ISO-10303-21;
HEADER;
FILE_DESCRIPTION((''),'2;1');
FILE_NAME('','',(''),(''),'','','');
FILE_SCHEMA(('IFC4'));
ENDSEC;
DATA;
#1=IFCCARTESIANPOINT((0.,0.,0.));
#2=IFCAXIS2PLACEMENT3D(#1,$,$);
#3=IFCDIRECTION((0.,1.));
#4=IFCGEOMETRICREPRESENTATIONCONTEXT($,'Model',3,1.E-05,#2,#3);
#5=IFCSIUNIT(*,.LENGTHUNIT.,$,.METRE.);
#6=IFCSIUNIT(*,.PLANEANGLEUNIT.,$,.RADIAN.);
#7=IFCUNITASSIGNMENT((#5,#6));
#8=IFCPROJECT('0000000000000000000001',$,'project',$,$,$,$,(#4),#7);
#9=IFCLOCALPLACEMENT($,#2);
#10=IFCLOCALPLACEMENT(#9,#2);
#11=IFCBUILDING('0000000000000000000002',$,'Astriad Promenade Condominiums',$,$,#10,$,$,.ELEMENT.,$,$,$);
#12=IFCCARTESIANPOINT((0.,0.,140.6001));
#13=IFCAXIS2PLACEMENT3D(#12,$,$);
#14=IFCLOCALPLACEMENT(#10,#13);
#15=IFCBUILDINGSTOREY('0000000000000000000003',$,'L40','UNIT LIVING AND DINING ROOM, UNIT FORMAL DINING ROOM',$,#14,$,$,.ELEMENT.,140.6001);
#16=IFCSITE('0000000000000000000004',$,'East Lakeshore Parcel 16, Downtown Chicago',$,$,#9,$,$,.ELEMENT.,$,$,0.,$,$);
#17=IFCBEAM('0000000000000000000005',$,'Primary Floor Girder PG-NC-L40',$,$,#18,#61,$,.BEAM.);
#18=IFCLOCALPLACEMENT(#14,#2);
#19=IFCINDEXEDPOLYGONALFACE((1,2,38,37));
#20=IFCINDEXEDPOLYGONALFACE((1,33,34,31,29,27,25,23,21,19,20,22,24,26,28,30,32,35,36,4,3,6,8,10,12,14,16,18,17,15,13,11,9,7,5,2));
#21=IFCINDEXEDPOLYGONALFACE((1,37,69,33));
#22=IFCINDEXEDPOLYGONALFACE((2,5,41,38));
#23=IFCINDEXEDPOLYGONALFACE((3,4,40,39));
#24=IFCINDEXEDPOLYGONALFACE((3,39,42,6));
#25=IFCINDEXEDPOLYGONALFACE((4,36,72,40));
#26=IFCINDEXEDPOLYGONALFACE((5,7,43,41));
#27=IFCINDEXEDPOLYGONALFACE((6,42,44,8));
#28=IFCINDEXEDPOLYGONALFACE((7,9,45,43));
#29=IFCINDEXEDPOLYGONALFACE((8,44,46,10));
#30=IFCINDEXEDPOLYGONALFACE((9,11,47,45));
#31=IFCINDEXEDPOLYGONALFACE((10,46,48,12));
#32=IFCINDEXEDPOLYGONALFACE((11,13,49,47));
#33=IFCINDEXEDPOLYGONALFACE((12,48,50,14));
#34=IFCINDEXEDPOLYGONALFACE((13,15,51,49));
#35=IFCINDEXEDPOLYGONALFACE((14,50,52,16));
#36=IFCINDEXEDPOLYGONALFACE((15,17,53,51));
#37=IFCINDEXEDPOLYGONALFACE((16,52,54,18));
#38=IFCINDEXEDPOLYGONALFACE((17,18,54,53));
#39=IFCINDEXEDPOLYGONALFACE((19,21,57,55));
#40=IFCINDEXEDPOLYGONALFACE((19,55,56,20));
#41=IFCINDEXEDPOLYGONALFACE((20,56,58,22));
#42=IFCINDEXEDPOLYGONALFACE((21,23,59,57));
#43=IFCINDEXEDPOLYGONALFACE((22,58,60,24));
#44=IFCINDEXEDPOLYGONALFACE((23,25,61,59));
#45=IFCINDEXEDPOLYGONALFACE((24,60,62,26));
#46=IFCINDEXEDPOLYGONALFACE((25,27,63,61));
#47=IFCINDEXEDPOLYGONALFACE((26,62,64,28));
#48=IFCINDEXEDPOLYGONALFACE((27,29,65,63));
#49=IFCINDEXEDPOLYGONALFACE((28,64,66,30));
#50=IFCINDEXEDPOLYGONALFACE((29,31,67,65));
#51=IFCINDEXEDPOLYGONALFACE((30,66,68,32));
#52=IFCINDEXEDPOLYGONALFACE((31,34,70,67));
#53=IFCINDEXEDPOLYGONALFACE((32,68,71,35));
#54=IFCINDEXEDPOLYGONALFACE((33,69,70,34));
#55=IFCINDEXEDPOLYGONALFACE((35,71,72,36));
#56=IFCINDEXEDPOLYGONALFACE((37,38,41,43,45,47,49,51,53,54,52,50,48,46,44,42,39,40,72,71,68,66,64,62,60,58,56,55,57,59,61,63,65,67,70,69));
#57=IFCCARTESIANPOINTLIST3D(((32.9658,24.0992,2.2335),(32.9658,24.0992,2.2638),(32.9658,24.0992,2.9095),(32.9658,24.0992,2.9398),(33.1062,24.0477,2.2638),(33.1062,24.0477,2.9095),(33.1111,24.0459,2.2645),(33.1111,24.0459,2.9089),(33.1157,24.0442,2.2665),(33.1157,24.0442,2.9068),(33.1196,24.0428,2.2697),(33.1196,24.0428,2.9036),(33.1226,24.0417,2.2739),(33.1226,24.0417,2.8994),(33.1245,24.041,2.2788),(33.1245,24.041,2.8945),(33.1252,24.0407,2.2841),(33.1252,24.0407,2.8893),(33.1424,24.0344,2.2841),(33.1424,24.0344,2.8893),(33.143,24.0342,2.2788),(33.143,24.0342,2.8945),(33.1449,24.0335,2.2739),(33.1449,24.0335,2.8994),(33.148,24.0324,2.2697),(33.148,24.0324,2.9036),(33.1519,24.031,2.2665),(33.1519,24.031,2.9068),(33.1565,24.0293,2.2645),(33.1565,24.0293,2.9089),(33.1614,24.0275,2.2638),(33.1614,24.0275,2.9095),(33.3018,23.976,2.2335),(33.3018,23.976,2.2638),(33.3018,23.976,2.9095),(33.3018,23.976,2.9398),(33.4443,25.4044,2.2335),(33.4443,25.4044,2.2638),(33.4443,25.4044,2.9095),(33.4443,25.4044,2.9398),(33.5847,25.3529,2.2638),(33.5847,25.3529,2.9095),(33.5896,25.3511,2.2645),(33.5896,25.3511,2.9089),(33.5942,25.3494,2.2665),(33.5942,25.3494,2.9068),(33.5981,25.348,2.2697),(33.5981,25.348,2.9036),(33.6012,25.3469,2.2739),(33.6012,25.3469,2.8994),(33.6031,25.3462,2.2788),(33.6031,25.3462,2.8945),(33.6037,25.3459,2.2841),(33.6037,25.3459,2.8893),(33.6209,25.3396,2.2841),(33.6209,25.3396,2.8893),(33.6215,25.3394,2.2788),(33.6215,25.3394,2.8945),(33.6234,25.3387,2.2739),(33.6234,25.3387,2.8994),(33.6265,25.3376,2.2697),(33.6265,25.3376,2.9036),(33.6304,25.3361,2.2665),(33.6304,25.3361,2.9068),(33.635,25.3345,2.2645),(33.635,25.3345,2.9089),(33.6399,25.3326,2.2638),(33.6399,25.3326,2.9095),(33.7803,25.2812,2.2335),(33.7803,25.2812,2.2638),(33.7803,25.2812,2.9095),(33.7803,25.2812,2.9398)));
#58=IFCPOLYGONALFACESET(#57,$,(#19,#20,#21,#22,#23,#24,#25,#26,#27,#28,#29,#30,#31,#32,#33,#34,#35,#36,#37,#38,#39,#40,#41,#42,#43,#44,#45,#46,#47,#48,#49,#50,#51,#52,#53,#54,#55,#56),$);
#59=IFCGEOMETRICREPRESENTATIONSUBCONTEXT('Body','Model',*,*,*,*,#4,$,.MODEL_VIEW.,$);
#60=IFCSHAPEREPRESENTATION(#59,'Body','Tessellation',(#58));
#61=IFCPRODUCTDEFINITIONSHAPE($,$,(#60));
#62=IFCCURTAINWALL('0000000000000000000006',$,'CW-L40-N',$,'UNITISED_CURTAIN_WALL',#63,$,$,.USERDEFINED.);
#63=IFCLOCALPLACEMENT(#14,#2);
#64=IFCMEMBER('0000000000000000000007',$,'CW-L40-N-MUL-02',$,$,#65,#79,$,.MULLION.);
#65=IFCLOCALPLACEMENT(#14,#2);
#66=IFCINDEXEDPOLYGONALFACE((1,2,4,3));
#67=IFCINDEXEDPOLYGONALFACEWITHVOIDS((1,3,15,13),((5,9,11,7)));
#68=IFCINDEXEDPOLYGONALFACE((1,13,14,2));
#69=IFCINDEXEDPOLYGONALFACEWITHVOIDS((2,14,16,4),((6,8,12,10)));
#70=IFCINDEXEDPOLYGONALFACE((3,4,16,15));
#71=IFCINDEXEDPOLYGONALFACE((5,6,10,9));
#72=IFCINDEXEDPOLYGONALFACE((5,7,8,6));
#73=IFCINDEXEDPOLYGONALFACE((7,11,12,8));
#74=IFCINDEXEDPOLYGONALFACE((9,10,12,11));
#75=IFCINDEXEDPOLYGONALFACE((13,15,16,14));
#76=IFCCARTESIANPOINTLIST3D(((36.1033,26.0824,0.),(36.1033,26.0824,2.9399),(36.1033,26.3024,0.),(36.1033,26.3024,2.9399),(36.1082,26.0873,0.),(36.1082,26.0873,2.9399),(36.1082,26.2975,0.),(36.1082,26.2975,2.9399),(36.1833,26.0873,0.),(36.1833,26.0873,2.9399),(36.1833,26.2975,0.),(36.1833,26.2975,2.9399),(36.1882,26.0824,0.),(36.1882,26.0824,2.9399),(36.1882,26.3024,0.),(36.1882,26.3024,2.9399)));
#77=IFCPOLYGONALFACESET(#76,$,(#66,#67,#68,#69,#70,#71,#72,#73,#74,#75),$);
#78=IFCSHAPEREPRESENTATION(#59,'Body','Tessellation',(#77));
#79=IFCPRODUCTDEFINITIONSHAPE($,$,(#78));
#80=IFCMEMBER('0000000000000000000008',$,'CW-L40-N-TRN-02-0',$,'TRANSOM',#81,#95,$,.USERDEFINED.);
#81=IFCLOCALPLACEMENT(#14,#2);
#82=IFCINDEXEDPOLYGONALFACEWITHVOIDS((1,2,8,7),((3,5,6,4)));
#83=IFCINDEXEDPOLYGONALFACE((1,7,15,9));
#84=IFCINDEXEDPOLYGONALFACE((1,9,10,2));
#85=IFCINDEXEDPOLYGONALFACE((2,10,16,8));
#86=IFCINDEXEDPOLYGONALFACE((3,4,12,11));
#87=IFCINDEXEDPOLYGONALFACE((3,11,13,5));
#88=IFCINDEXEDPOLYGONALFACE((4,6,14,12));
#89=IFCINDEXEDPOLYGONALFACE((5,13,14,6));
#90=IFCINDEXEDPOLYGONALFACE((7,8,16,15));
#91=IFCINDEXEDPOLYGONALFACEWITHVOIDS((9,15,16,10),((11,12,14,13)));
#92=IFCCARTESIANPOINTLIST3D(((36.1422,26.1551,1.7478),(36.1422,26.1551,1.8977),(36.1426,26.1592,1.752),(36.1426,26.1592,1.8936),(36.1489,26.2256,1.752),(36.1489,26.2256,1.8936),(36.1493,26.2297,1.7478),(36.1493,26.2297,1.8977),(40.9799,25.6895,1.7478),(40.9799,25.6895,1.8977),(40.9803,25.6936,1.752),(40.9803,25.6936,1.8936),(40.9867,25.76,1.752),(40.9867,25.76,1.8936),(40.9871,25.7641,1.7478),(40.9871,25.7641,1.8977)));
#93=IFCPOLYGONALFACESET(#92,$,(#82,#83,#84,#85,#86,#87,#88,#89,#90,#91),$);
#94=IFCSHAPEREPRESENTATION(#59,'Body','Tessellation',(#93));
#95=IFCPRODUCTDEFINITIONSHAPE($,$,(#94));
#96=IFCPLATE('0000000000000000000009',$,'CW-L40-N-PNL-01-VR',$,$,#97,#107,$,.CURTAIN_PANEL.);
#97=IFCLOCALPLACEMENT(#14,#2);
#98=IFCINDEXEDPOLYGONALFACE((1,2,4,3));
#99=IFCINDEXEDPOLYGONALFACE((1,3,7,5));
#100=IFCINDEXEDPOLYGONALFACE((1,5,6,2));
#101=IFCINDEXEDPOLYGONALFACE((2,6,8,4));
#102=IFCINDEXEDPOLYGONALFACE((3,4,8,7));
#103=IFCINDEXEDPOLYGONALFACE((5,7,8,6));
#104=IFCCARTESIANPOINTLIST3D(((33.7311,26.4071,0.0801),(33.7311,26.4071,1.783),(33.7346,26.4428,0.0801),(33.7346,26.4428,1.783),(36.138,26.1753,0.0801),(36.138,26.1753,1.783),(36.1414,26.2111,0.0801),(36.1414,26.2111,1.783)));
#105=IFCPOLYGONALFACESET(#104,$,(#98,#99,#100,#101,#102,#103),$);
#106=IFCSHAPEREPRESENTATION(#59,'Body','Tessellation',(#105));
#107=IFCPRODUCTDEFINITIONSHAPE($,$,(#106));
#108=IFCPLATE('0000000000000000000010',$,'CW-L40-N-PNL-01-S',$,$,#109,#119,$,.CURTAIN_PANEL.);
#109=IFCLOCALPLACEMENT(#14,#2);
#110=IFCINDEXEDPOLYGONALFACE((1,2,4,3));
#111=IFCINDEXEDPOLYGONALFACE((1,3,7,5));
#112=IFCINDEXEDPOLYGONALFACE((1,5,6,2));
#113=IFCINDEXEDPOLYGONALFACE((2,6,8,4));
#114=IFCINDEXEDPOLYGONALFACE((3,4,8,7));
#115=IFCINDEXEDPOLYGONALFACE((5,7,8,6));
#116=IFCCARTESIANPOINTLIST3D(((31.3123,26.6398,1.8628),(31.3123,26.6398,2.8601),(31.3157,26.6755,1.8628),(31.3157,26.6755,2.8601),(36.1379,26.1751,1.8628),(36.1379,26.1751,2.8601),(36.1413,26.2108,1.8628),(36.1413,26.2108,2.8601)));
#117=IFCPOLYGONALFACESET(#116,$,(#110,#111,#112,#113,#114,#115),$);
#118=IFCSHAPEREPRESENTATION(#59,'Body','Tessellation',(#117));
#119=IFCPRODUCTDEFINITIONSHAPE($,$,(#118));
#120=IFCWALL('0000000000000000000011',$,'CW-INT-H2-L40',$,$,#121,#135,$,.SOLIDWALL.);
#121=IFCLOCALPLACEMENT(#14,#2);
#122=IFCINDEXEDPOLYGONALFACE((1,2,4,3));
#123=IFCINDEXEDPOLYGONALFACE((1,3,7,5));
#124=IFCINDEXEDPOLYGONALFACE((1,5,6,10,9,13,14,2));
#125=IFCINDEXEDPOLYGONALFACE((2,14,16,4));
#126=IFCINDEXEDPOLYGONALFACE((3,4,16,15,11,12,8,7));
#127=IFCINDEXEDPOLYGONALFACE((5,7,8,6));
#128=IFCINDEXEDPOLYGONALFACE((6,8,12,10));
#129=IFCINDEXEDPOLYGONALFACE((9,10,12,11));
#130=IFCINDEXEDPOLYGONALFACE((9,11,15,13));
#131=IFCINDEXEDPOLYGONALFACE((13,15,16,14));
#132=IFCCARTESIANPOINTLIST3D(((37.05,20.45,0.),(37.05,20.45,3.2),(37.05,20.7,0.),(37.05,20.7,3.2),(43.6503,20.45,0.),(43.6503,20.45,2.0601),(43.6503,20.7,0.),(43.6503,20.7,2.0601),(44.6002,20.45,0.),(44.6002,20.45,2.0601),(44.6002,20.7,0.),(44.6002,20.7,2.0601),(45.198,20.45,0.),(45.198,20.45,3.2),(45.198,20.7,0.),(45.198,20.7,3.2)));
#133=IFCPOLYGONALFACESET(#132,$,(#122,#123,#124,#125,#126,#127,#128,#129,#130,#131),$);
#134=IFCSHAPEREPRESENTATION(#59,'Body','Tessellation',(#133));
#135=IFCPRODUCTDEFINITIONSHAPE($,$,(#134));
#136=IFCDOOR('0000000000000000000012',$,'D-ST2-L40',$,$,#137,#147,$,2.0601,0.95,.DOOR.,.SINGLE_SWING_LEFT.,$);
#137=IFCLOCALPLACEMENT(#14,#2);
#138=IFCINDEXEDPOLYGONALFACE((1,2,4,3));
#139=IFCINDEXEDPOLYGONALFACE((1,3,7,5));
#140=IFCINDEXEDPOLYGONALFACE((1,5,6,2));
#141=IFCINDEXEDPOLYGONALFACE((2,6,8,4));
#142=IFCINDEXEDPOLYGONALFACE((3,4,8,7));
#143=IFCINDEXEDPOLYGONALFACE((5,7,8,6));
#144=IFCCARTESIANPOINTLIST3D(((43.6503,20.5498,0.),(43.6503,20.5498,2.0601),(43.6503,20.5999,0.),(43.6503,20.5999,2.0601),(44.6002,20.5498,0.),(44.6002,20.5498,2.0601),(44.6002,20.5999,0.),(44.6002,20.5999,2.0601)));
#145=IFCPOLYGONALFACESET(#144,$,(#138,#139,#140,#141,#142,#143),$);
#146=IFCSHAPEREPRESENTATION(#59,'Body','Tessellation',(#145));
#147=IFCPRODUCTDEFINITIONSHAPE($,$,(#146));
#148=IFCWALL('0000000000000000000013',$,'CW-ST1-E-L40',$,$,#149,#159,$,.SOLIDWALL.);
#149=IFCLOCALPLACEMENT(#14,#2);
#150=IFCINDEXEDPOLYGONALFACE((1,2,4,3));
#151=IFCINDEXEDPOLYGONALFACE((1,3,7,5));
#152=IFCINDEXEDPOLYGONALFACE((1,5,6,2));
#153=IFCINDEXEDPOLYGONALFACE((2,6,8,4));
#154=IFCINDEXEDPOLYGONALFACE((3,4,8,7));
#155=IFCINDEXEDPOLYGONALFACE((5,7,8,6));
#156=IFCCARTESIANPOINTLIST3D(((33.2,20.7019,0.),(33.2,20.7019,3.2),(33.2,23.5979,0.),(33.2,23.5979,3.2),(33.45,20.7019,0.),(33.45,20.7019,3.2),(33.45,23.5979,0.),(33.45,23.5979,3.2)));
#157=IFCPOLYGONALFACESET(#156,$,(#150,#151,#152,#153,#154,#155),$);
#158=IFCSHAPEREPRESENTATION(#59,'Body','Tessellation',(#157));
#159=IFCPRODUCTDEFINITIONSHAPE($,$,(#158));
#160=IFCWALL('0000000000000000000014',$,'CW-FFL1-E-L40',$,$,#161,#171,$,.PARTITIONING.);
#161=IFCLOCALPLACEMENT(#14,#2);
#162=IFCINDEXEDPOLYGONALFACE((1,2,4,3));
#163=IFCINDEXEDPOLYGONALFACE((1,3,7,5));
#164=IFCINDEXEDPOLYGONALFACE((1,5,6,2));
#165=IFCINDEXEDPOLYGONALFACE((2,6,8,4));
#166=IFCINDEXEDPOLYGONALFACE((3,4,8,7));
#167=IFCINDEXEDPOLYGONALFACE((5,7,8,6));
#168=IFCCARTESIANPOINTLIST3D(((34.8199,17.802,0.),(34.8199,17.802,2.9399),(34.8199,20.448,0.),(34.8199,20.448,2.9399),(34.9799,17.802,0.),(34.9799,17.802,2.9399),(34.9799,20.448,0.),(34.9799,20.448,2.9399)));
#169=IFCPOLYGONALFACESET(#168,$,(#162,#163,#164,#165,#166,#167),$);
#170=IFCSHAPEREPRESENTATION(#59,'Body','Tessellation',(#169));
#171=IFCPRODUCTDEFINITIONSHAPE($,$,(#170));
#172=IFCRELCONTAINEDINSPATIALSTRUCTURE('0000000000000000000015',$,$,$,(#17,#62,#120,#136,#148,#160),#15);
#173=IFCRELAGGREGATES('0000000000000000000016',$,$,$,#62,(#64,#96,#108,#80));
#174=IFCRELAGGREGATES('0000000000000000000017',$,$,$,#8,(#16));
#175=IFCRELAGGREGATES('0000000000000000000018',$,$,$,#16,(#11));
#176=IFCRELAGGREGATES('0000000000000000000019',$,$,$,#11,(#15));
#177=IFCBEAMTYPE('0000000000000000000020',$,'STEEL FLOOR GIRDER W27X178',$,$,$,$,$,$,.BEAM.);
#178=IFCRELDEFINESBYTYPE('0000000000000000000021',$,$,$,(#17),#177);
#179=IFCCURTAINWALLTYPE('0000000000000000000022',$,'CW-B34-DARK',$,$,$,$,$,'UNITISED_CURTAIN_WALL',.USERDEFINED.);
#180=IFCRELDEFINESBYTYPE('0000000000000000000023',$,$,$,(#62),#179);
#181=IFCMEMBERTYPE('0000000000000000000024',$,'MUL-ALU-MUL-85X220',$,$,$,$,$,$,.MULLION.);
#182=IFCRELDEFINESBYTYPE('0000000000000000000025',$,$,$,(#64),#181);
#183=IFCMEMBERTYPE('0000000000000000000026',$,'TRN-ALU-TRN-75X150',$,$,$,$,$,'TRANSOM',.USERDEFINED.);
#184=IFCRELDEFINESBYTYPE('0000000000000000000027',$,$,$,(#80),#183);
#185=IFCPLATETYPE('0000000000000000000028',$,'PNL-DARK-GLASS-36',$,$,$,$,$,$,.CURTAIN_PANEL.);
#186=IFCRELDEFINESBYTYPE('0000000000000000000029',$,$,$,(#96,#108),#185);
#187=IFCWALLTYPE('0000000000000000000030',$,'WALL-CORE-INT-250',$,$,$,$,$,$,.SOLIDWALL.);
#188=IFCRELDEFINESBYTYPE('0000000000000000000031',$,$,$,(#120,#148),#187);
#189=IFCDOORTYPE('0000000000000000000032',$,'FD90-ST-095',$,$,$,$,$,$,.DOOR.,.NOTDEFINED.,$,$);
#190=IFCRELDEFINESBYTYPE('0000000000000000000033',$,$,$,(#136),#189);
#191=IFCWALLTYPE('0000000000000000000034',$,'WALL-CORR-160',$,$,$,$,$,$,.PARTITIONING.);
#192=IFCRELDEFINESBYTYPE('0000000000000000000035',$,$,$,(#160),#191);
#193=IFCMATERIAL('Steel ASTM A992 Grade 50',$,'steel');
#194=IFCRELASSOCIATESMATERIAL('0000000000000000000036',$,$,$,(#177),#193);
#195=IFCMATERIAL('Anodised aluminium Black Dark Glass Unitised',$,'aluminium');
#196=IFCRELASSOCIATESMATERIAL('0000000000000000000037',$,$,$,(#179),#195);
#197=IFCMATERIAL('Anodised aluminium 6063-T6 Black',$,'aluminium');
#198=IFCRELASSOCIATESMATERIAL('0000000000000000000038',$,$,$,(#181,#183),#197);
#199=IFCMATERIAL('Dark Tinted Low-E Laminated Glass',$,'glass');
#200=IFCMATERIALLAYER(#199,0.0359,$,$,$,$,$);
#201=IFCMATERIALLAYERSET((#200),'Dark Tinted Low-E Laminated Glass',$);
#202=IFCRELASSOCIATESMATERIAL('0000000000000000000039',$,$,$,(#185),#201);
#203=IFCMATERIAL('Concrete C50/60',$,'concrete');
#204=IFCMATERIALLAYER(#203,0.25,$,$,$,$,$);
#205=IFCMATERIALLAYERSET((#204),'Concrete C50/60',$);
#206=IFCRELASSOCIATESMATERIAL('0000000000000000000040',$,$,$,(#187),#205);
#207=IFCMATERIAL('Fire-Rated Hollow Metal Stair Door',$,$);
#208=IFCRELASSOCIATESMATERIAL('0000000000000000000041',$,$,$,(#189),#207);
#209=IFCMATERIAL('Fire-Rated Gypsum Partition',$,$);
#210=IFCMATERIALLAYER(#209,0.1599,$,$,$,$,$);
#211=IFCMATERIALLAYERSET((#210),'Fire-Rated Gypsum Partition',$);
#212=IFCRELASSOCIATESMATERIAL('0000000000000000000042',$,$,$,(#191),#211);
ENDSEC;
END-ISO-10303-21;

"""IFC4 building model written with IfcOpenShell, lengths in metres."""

from ifc_helpers import new_model, si_unit, direction, frame, frame_2d, origin, origin_2d, place, context, subcontext, project, spatial, rectangle, hollow_rectangle, i_section, extrude, source, transform, mapped, material, layer, layer_set, material_profile, profile_set, type_object, type_shapes, element, fill, aggregate, save


model = new_model("IFC4")

# Units and contexts
model_context = context("Model", 3, precision=1e-05, world=origin(), true_north=direction((0.0, 1.0)))
body_context = subcontext(model_context, "Body", "Model", "MODEL_VIEW")
ifc_project = project(units=[si_unit("LENGTHUNIT", "METRE"), si_unit("PLANEANGLEUNIT", "RADIAN")], contexts=[model_context])

# Site, building, storey
site_placement = place(None, origin())
site = spatial("IfcSite", under=ifc_project, at=site_placement, Name="East Lakeshore Parcel 16, Downtown Chicago", CompositionType="ELEMENT", RefElevation=0.0)
building_placement = place(site_placement, origin())
building = spatial("IfcBuilding", under=site, at=building_placement, Name="Astriad Promenade Condominiums", CompositionType="ELEMENT")
storey_placement = place(building_placement, frame((0.0, 0.0, 140.6001)))
storey = spatial("IfcBuildingStorey", under=building, at=storey_placement, Name="L40", Description="UNIT LIVING AND DINING ROOM, UNIT FORMAL DINING ROOM", CompositionType="ELEMENT", Elevation=140.6001)

# Shared definitions
ifc_material_1 = material(Name="Steel ASTM A992 Grade 50", Category="steel")

# Beam
ifc_material_profile_1 = material_profile(ifc_material_1, i_section(OverallWidth=0.3579, OverallDepth=0.7063, WebThickness=0.0183, FlangeThickness=0.0303, FilletRadius=0.0203, at=origin_2d()), Name="W27X178")
ifc_profile_set_1 = profile_set([ifc_material_profile_1], Name="Steel ASTM A992 Grade 50")
beam_type_1 = type_object("IfcBeamType", Name="STEEL FLOOR GIRDER W27X178", PredefinedType="BEAM", material=ifc_profile_set_1)
shared_shape_1 = source(origin(), body_context, "Body", "SweptSolid", [
    extrude(i_section(OverallWidth=0.3579, OverallDepth=0.7063, WebThickness=0.0183, FlangeThickness=0.0303, FilletRadius=0.0203, at=origin_2d()), origin(), (0.0, 0.0, 1.0), 1.3901),
])
type_shapes(beam_type_1, [shared_shape_1])
beam_1_placement = place(storey_placement, frame((33.6123, 25.3428, 2.5867), z_axis=(-0.344224, -0.938888, 0.0), x_axis=(0.938888, -0.344224, 0.0)))
element("IfcBeam", 1, at=beam_1_placement, inside=storey, type_object=beam_type_1, Name="Primary Floor Girder PG-NC-L40", PredefinedType="BEAM", context=body_context, shape_type="MappedRepresentation", body=[
    mapped(shared_shape_1, transform((0.0, 0.0, 0.0), scale=1.0)),
])

# Curtain wall, members, plates
ifc_material_2 = material(Name="Anodised aluminium Black Dark Glass Unitised", Category="aluminium")
curtain_wall_type = type_object("IfcCurtainWallType", Name="CW-B34-DARK", ElementType="UNITISED_CURTAIN_WALL", PredefinedType="USERDEFINED", material=ifc_material_2)
curtain_wall_placement = place(storey_placement, origin())
curtain_wall = element("IfcCurtainWall", 2, at=curtain_wall_placement, inside=storey, type_object=curtain_wall_type, Name="CW-L40-N", ObjectType="UNITISED_CURTAIN_WALL", PredefinedType="USERDEFINED")
ifc_material_3 = material(Name="Anodised aluminium 6063-T6 Black", Category="aluminium")
ifc_material_profile_2 = material_profile(ifc_material_3, hollow_rectangle(XDim=0.085, YDim=0.22, WallThickness=0.0049, at=origin_2d()), Name="ALU-MUL-85X220")
ifc_profile_set_2 = profile_set([ifc_material_profile_2], Name="Anodised aluminium 6063-T6 Black")
member_type_1 = type_object("IfcMemberType", Name="MUL-ALU-MUL-85X220", PredefinedType="MULLION", material=ifc_profile_set_2)
shared_shape_2 = source(origin(), body_context, "Body", "SweptSolid", [
    extrude(hollow_rectangle(XDim=0.085, YDim=0.22, WallThickness=0.0049, at=origin_2d()), origin(), (0.0, 0.0, 1.0), 2.9399),
])
type_shapes(member_type_1, [shared_shape_2])
member_1_placement = place(storey_placement, frame((36.1458, 26.1924, 0.0), z_axis=(0.0, 0.0, 1.0), x_axis=(1.0, 0.0, 0.0)))
member_1 = element("IfcMember", 3, at=member_1_placement, type_object=member_type_1, Name="CW-L40-N-MUL-02", PredefinedType="MULLION", context=body_context, shape_type="MappedRepresentation", body=[
    mapped(shared_shape_2, transform((0.0, 0.0, 0.0), scale=1.0)),
])
ifc_material_profile_3 = material_profile(ifc_material_3, hollow_rectangle(XDim=0.075, YDim=0.1499, WallThickness=0.0042, at=origin_2d()), Name="ALU-TRN-75X150")
ifc_profile_set_3 = profile_set([ifc_material_profile_3], Name="Anodised aluminium 6063-T6 Black")
member_type_2 = type_object("IfcMemberType", Name="TRN-ALU-TRN-75X150", ElementType="TRANSOM", PredefinedType="USERDEFINED", material=ifc_profile_set_3)
shared_shape_3 = source(origin(), body_context, "Body", "SweptSolid", [
    extrude(hollow_rectangle(XDim=0.075, YDim=0.1499, WallThickness=0.0042, at=origin_2d()), origin(), (0.0, 0.0, 1.0), 4.8601),
])
type_shapes(member_type_2, [shared_shape_3])
member_2_placement = place(storey_placement, frame((36.1458, 26.1924, 1.8228), z_axis=(0.995401, -0.095798, 0.0), x_axis=(0.095798, 0.995401, 0.0)))
member_2 = element("IfcMember", 4, at=member_2_placement, type_object=member_type_2, Name="CW-L40-N-TRN-02-0", ObjectType="TRANSOM", PredefinedType="USERDEFINED", context=body_context, shape_type="MappedRepresentation", body=[
    mapped(shared_shape_3, transform((0.0, 0.0, 0.0), scale=1.0)),
])
ifc_material_4 = material(Name="Dark Tinted Low-E Laminated Glass", Category="glass")
ifc_layer_1 = layer(ifc_material_4, 0.0359)
ifc_layer_set_1 = layer_set([ifc_layer_1], Name="Dark Tinted Low-E Laminated Glass")
plate_type = type_object("IfcPlateType", Name="PNL-DARK-GLASS-36", PredefinedType="CURTAIN_PANEL", material=ifc_layer_set_1)
shared_shape_4 = source(origin(), body_context, "Body", "SweptSolid", [
    extrude(rectangle(XDim=2.418, YDim=0.0359, at=origin_2d()), origin(), (0.0, 0.0, 1.0), 1.7029),
])
plate_1_placement = place(storey_placement, frame((34.9363, 26.3091, 0.0801), z_axis=(0.0, 0.0, 1.0), x_axis=(0.995396, -0.095846, 0.0)))
plate_1 = element("IfcPlate", 5, at=plate_1_placement, type_object=plate_type, Name="CW-L40-N-PNL-01-VR", PredefinedType="CURTAIN_PANEL", context=body_context, shape_type="MappedRepresentation", body=[
    mapped(shared_shape_4, transform((0.0, 0.0, 0.0), scale=1.0)),
])
shared_shape_5 = source(origin(), body_context, "Body", "SweptSolid", [
    extrude(rectangle(XDim=4.8479, YDim=0.0359, at=origin_2d()), origin(), (0.0, 0.0, 1.0), 0.9973),
])
type_shapes(plate_type, [shared_shape_4, shared_shape_5])
plate_2_placement = place(storey_placement, frame((33.7268, 26.4253, 1.8628), z_axis=(0.0, 0.0, 1.0), x_axis=(0.995396, -0.095846, 0.0)))
plate_2 = element("IfcPlate", 6, at=plate_2_placement, type_object=plate_type, Name="CW-L40-N-PNL-01-S", PredefinedType="CURTAIN_PANEL", context=body_context, shape_type="MappedRepresentation", body=[
    mapped(shared_shape_5, transform((0.0, 0.0, 0.0), scale=1.0)),
])
aggregate(curtain_wall, [member_1, plate_1, plate_2, member_2])

# Wall, opening, door
ifc_material_5 = material(Name="Concrete C50/60", Category="concrete")
ifc_layer_2 = layer(ifc_material_5, 0.25)
ifc_layer_set_2 = layer_set([ifc_layer_2], Name="Concrete C50/60")
wall_type_1 = type_object("IfcWallType", Name="WALL-CORE-INT-250", PredefinedType="SOLIDWALL", material=ifc_layer_set_2)
wall_1_placement = place(storey_placement, frame((37.05, 20.575, 0.0), z_axis=(0.0, 0.0, 1.0), x_axis=(1.0, 0.0, 0.0)))
wall_1 = element("IfcWall", 7, at=wall_1_placement, inside=storey, type_object=wall_type_1, Name="CW-INT-H2-L40", PredefinedType="SOLIDWALL", context=body_context, shape_type="SweptSolid", body=[
    extrude(rectangle(XDim=8.1479, YDim=0.25, at=frame_2d((4.074, 0.0))), origin(), (0.0, 0.0, 1.0), 3.2),
])
opening_1_placement = place(wall_1_placement, frame((6.6001, 0.0, 0.0)))
opening_1 = element("IfcOpeningElement", 8, at=opening_1_placement, cuts=wall_1, PredefinedType="OPENING", context=body_context, shape_type="SweptSolid", body=[
    extrude(rectangle(XDim=0.95, YDim=2.0601, at=frame_2d((0.4751, 1.03))), frame((0.0, 0.135, 0.0), z_axis=(0.0, -1.0, 0.0), x_axis=(1.0, 0.0, 0.0)), (0.0, 0.0, 1.0), 0.27),
])
ifc_material_6 = material(Name="Fire-Rated Hollow Metal Stair Door")
door_type_1 = type_object("IfcDoorType", Name="FD90-ST-095", OperationType="NOTDEFINED", PredefinedType="DOOR", material=ifc_material_6)
shared_shape_6 = source(origin(), body_context, "Body", "SweptSolid", [
    extrude(rectangle(XDim=0.95, YDim=2.0601, at=frame_2d((0.4751, 1.03))), frame((0.0, 0.0249, 0.0), z_axis=(0.0, -1.0, 0.0), x_axis=(1.0, 0.0, 0.0)), (0.0, 0.0, 1.0), 0.05),
])
type_shapes(door_type_1, [shared_shape_6])
door_1_placement = place(opening_1_placement, origin())
door_1 = element("IfcDoor", 9, at=door_1_placement, inside=storey, type_object=door_type_1, Name="D-ST2-L40", OperationType="SINGLE_SWING_LEFT", OverallHeight=2.0601, OverallWidth=0.95, PredefinedType="DOOR", context=body_context, shape_type="MappedRepresentation", body=[
    mapped(shared_shape_6, transform((0.0, 0.0, 0.0), scale=1.0)),
])
fill(opening_1, door_1)

# Walls
wall_2_placement = place(storey_placement, frame((33.325, 20.7019, 0.0), z_axis=(0.0, 0.0, 1.0), x_axis=(0.0, 1.0, 0.0)))
element("IfcWall", 10, at=wall_2_placement, inside=storey, type_object=wall_type_1, Name="CW-ST1-E-L40", PredefinedType="SOLIDWALL", context=body_context, shape_type="SweptSolid", body=[
    extrude(rectangle(XDim=2.896, YDim=0.25, at=frame_2d((1.448, 0.0))), origin(), (0.0, 0.0, 1.0), 3.2),
])
ifc_material_7 = material(Name="Fire-Rated Gypsum Partition")
ifc_layer_3 = layer(ifc_material_7, 0.1599)
ifc_layer_set_3 = layer_set([ifc_layer_3], Name="Fire-Rated Gypsum Partition")
wall_type_2 = type_object("IfcWallType", Name="WALL-CORR-160", PredefinedType="PARTITIONING", material=ifc_layer_set_3)
wall_3_placement = place(storey_placement, frame((34.8999, 17.802, 0.0), z_axis=(0.0, 0.0, 1.0), x_axis=(0.0, 1.0, 0.0)))
element("IfcWall", 11, at=wall_3_placement, inside=storey, type_object=wall_type_2, Name="CW-FFL1-E-L40", PredefinedType="PARTITIONING", context=body_context, shape_type="SweptSolid", body=[
    extrude(rectangle(XDim=2.646, YDim=0.1599, at=frame_2d((1.323, 0.0))), origin(), (0.0, 0.0, 1.0), 2.9399),
])

save(model, "model.ifc")
